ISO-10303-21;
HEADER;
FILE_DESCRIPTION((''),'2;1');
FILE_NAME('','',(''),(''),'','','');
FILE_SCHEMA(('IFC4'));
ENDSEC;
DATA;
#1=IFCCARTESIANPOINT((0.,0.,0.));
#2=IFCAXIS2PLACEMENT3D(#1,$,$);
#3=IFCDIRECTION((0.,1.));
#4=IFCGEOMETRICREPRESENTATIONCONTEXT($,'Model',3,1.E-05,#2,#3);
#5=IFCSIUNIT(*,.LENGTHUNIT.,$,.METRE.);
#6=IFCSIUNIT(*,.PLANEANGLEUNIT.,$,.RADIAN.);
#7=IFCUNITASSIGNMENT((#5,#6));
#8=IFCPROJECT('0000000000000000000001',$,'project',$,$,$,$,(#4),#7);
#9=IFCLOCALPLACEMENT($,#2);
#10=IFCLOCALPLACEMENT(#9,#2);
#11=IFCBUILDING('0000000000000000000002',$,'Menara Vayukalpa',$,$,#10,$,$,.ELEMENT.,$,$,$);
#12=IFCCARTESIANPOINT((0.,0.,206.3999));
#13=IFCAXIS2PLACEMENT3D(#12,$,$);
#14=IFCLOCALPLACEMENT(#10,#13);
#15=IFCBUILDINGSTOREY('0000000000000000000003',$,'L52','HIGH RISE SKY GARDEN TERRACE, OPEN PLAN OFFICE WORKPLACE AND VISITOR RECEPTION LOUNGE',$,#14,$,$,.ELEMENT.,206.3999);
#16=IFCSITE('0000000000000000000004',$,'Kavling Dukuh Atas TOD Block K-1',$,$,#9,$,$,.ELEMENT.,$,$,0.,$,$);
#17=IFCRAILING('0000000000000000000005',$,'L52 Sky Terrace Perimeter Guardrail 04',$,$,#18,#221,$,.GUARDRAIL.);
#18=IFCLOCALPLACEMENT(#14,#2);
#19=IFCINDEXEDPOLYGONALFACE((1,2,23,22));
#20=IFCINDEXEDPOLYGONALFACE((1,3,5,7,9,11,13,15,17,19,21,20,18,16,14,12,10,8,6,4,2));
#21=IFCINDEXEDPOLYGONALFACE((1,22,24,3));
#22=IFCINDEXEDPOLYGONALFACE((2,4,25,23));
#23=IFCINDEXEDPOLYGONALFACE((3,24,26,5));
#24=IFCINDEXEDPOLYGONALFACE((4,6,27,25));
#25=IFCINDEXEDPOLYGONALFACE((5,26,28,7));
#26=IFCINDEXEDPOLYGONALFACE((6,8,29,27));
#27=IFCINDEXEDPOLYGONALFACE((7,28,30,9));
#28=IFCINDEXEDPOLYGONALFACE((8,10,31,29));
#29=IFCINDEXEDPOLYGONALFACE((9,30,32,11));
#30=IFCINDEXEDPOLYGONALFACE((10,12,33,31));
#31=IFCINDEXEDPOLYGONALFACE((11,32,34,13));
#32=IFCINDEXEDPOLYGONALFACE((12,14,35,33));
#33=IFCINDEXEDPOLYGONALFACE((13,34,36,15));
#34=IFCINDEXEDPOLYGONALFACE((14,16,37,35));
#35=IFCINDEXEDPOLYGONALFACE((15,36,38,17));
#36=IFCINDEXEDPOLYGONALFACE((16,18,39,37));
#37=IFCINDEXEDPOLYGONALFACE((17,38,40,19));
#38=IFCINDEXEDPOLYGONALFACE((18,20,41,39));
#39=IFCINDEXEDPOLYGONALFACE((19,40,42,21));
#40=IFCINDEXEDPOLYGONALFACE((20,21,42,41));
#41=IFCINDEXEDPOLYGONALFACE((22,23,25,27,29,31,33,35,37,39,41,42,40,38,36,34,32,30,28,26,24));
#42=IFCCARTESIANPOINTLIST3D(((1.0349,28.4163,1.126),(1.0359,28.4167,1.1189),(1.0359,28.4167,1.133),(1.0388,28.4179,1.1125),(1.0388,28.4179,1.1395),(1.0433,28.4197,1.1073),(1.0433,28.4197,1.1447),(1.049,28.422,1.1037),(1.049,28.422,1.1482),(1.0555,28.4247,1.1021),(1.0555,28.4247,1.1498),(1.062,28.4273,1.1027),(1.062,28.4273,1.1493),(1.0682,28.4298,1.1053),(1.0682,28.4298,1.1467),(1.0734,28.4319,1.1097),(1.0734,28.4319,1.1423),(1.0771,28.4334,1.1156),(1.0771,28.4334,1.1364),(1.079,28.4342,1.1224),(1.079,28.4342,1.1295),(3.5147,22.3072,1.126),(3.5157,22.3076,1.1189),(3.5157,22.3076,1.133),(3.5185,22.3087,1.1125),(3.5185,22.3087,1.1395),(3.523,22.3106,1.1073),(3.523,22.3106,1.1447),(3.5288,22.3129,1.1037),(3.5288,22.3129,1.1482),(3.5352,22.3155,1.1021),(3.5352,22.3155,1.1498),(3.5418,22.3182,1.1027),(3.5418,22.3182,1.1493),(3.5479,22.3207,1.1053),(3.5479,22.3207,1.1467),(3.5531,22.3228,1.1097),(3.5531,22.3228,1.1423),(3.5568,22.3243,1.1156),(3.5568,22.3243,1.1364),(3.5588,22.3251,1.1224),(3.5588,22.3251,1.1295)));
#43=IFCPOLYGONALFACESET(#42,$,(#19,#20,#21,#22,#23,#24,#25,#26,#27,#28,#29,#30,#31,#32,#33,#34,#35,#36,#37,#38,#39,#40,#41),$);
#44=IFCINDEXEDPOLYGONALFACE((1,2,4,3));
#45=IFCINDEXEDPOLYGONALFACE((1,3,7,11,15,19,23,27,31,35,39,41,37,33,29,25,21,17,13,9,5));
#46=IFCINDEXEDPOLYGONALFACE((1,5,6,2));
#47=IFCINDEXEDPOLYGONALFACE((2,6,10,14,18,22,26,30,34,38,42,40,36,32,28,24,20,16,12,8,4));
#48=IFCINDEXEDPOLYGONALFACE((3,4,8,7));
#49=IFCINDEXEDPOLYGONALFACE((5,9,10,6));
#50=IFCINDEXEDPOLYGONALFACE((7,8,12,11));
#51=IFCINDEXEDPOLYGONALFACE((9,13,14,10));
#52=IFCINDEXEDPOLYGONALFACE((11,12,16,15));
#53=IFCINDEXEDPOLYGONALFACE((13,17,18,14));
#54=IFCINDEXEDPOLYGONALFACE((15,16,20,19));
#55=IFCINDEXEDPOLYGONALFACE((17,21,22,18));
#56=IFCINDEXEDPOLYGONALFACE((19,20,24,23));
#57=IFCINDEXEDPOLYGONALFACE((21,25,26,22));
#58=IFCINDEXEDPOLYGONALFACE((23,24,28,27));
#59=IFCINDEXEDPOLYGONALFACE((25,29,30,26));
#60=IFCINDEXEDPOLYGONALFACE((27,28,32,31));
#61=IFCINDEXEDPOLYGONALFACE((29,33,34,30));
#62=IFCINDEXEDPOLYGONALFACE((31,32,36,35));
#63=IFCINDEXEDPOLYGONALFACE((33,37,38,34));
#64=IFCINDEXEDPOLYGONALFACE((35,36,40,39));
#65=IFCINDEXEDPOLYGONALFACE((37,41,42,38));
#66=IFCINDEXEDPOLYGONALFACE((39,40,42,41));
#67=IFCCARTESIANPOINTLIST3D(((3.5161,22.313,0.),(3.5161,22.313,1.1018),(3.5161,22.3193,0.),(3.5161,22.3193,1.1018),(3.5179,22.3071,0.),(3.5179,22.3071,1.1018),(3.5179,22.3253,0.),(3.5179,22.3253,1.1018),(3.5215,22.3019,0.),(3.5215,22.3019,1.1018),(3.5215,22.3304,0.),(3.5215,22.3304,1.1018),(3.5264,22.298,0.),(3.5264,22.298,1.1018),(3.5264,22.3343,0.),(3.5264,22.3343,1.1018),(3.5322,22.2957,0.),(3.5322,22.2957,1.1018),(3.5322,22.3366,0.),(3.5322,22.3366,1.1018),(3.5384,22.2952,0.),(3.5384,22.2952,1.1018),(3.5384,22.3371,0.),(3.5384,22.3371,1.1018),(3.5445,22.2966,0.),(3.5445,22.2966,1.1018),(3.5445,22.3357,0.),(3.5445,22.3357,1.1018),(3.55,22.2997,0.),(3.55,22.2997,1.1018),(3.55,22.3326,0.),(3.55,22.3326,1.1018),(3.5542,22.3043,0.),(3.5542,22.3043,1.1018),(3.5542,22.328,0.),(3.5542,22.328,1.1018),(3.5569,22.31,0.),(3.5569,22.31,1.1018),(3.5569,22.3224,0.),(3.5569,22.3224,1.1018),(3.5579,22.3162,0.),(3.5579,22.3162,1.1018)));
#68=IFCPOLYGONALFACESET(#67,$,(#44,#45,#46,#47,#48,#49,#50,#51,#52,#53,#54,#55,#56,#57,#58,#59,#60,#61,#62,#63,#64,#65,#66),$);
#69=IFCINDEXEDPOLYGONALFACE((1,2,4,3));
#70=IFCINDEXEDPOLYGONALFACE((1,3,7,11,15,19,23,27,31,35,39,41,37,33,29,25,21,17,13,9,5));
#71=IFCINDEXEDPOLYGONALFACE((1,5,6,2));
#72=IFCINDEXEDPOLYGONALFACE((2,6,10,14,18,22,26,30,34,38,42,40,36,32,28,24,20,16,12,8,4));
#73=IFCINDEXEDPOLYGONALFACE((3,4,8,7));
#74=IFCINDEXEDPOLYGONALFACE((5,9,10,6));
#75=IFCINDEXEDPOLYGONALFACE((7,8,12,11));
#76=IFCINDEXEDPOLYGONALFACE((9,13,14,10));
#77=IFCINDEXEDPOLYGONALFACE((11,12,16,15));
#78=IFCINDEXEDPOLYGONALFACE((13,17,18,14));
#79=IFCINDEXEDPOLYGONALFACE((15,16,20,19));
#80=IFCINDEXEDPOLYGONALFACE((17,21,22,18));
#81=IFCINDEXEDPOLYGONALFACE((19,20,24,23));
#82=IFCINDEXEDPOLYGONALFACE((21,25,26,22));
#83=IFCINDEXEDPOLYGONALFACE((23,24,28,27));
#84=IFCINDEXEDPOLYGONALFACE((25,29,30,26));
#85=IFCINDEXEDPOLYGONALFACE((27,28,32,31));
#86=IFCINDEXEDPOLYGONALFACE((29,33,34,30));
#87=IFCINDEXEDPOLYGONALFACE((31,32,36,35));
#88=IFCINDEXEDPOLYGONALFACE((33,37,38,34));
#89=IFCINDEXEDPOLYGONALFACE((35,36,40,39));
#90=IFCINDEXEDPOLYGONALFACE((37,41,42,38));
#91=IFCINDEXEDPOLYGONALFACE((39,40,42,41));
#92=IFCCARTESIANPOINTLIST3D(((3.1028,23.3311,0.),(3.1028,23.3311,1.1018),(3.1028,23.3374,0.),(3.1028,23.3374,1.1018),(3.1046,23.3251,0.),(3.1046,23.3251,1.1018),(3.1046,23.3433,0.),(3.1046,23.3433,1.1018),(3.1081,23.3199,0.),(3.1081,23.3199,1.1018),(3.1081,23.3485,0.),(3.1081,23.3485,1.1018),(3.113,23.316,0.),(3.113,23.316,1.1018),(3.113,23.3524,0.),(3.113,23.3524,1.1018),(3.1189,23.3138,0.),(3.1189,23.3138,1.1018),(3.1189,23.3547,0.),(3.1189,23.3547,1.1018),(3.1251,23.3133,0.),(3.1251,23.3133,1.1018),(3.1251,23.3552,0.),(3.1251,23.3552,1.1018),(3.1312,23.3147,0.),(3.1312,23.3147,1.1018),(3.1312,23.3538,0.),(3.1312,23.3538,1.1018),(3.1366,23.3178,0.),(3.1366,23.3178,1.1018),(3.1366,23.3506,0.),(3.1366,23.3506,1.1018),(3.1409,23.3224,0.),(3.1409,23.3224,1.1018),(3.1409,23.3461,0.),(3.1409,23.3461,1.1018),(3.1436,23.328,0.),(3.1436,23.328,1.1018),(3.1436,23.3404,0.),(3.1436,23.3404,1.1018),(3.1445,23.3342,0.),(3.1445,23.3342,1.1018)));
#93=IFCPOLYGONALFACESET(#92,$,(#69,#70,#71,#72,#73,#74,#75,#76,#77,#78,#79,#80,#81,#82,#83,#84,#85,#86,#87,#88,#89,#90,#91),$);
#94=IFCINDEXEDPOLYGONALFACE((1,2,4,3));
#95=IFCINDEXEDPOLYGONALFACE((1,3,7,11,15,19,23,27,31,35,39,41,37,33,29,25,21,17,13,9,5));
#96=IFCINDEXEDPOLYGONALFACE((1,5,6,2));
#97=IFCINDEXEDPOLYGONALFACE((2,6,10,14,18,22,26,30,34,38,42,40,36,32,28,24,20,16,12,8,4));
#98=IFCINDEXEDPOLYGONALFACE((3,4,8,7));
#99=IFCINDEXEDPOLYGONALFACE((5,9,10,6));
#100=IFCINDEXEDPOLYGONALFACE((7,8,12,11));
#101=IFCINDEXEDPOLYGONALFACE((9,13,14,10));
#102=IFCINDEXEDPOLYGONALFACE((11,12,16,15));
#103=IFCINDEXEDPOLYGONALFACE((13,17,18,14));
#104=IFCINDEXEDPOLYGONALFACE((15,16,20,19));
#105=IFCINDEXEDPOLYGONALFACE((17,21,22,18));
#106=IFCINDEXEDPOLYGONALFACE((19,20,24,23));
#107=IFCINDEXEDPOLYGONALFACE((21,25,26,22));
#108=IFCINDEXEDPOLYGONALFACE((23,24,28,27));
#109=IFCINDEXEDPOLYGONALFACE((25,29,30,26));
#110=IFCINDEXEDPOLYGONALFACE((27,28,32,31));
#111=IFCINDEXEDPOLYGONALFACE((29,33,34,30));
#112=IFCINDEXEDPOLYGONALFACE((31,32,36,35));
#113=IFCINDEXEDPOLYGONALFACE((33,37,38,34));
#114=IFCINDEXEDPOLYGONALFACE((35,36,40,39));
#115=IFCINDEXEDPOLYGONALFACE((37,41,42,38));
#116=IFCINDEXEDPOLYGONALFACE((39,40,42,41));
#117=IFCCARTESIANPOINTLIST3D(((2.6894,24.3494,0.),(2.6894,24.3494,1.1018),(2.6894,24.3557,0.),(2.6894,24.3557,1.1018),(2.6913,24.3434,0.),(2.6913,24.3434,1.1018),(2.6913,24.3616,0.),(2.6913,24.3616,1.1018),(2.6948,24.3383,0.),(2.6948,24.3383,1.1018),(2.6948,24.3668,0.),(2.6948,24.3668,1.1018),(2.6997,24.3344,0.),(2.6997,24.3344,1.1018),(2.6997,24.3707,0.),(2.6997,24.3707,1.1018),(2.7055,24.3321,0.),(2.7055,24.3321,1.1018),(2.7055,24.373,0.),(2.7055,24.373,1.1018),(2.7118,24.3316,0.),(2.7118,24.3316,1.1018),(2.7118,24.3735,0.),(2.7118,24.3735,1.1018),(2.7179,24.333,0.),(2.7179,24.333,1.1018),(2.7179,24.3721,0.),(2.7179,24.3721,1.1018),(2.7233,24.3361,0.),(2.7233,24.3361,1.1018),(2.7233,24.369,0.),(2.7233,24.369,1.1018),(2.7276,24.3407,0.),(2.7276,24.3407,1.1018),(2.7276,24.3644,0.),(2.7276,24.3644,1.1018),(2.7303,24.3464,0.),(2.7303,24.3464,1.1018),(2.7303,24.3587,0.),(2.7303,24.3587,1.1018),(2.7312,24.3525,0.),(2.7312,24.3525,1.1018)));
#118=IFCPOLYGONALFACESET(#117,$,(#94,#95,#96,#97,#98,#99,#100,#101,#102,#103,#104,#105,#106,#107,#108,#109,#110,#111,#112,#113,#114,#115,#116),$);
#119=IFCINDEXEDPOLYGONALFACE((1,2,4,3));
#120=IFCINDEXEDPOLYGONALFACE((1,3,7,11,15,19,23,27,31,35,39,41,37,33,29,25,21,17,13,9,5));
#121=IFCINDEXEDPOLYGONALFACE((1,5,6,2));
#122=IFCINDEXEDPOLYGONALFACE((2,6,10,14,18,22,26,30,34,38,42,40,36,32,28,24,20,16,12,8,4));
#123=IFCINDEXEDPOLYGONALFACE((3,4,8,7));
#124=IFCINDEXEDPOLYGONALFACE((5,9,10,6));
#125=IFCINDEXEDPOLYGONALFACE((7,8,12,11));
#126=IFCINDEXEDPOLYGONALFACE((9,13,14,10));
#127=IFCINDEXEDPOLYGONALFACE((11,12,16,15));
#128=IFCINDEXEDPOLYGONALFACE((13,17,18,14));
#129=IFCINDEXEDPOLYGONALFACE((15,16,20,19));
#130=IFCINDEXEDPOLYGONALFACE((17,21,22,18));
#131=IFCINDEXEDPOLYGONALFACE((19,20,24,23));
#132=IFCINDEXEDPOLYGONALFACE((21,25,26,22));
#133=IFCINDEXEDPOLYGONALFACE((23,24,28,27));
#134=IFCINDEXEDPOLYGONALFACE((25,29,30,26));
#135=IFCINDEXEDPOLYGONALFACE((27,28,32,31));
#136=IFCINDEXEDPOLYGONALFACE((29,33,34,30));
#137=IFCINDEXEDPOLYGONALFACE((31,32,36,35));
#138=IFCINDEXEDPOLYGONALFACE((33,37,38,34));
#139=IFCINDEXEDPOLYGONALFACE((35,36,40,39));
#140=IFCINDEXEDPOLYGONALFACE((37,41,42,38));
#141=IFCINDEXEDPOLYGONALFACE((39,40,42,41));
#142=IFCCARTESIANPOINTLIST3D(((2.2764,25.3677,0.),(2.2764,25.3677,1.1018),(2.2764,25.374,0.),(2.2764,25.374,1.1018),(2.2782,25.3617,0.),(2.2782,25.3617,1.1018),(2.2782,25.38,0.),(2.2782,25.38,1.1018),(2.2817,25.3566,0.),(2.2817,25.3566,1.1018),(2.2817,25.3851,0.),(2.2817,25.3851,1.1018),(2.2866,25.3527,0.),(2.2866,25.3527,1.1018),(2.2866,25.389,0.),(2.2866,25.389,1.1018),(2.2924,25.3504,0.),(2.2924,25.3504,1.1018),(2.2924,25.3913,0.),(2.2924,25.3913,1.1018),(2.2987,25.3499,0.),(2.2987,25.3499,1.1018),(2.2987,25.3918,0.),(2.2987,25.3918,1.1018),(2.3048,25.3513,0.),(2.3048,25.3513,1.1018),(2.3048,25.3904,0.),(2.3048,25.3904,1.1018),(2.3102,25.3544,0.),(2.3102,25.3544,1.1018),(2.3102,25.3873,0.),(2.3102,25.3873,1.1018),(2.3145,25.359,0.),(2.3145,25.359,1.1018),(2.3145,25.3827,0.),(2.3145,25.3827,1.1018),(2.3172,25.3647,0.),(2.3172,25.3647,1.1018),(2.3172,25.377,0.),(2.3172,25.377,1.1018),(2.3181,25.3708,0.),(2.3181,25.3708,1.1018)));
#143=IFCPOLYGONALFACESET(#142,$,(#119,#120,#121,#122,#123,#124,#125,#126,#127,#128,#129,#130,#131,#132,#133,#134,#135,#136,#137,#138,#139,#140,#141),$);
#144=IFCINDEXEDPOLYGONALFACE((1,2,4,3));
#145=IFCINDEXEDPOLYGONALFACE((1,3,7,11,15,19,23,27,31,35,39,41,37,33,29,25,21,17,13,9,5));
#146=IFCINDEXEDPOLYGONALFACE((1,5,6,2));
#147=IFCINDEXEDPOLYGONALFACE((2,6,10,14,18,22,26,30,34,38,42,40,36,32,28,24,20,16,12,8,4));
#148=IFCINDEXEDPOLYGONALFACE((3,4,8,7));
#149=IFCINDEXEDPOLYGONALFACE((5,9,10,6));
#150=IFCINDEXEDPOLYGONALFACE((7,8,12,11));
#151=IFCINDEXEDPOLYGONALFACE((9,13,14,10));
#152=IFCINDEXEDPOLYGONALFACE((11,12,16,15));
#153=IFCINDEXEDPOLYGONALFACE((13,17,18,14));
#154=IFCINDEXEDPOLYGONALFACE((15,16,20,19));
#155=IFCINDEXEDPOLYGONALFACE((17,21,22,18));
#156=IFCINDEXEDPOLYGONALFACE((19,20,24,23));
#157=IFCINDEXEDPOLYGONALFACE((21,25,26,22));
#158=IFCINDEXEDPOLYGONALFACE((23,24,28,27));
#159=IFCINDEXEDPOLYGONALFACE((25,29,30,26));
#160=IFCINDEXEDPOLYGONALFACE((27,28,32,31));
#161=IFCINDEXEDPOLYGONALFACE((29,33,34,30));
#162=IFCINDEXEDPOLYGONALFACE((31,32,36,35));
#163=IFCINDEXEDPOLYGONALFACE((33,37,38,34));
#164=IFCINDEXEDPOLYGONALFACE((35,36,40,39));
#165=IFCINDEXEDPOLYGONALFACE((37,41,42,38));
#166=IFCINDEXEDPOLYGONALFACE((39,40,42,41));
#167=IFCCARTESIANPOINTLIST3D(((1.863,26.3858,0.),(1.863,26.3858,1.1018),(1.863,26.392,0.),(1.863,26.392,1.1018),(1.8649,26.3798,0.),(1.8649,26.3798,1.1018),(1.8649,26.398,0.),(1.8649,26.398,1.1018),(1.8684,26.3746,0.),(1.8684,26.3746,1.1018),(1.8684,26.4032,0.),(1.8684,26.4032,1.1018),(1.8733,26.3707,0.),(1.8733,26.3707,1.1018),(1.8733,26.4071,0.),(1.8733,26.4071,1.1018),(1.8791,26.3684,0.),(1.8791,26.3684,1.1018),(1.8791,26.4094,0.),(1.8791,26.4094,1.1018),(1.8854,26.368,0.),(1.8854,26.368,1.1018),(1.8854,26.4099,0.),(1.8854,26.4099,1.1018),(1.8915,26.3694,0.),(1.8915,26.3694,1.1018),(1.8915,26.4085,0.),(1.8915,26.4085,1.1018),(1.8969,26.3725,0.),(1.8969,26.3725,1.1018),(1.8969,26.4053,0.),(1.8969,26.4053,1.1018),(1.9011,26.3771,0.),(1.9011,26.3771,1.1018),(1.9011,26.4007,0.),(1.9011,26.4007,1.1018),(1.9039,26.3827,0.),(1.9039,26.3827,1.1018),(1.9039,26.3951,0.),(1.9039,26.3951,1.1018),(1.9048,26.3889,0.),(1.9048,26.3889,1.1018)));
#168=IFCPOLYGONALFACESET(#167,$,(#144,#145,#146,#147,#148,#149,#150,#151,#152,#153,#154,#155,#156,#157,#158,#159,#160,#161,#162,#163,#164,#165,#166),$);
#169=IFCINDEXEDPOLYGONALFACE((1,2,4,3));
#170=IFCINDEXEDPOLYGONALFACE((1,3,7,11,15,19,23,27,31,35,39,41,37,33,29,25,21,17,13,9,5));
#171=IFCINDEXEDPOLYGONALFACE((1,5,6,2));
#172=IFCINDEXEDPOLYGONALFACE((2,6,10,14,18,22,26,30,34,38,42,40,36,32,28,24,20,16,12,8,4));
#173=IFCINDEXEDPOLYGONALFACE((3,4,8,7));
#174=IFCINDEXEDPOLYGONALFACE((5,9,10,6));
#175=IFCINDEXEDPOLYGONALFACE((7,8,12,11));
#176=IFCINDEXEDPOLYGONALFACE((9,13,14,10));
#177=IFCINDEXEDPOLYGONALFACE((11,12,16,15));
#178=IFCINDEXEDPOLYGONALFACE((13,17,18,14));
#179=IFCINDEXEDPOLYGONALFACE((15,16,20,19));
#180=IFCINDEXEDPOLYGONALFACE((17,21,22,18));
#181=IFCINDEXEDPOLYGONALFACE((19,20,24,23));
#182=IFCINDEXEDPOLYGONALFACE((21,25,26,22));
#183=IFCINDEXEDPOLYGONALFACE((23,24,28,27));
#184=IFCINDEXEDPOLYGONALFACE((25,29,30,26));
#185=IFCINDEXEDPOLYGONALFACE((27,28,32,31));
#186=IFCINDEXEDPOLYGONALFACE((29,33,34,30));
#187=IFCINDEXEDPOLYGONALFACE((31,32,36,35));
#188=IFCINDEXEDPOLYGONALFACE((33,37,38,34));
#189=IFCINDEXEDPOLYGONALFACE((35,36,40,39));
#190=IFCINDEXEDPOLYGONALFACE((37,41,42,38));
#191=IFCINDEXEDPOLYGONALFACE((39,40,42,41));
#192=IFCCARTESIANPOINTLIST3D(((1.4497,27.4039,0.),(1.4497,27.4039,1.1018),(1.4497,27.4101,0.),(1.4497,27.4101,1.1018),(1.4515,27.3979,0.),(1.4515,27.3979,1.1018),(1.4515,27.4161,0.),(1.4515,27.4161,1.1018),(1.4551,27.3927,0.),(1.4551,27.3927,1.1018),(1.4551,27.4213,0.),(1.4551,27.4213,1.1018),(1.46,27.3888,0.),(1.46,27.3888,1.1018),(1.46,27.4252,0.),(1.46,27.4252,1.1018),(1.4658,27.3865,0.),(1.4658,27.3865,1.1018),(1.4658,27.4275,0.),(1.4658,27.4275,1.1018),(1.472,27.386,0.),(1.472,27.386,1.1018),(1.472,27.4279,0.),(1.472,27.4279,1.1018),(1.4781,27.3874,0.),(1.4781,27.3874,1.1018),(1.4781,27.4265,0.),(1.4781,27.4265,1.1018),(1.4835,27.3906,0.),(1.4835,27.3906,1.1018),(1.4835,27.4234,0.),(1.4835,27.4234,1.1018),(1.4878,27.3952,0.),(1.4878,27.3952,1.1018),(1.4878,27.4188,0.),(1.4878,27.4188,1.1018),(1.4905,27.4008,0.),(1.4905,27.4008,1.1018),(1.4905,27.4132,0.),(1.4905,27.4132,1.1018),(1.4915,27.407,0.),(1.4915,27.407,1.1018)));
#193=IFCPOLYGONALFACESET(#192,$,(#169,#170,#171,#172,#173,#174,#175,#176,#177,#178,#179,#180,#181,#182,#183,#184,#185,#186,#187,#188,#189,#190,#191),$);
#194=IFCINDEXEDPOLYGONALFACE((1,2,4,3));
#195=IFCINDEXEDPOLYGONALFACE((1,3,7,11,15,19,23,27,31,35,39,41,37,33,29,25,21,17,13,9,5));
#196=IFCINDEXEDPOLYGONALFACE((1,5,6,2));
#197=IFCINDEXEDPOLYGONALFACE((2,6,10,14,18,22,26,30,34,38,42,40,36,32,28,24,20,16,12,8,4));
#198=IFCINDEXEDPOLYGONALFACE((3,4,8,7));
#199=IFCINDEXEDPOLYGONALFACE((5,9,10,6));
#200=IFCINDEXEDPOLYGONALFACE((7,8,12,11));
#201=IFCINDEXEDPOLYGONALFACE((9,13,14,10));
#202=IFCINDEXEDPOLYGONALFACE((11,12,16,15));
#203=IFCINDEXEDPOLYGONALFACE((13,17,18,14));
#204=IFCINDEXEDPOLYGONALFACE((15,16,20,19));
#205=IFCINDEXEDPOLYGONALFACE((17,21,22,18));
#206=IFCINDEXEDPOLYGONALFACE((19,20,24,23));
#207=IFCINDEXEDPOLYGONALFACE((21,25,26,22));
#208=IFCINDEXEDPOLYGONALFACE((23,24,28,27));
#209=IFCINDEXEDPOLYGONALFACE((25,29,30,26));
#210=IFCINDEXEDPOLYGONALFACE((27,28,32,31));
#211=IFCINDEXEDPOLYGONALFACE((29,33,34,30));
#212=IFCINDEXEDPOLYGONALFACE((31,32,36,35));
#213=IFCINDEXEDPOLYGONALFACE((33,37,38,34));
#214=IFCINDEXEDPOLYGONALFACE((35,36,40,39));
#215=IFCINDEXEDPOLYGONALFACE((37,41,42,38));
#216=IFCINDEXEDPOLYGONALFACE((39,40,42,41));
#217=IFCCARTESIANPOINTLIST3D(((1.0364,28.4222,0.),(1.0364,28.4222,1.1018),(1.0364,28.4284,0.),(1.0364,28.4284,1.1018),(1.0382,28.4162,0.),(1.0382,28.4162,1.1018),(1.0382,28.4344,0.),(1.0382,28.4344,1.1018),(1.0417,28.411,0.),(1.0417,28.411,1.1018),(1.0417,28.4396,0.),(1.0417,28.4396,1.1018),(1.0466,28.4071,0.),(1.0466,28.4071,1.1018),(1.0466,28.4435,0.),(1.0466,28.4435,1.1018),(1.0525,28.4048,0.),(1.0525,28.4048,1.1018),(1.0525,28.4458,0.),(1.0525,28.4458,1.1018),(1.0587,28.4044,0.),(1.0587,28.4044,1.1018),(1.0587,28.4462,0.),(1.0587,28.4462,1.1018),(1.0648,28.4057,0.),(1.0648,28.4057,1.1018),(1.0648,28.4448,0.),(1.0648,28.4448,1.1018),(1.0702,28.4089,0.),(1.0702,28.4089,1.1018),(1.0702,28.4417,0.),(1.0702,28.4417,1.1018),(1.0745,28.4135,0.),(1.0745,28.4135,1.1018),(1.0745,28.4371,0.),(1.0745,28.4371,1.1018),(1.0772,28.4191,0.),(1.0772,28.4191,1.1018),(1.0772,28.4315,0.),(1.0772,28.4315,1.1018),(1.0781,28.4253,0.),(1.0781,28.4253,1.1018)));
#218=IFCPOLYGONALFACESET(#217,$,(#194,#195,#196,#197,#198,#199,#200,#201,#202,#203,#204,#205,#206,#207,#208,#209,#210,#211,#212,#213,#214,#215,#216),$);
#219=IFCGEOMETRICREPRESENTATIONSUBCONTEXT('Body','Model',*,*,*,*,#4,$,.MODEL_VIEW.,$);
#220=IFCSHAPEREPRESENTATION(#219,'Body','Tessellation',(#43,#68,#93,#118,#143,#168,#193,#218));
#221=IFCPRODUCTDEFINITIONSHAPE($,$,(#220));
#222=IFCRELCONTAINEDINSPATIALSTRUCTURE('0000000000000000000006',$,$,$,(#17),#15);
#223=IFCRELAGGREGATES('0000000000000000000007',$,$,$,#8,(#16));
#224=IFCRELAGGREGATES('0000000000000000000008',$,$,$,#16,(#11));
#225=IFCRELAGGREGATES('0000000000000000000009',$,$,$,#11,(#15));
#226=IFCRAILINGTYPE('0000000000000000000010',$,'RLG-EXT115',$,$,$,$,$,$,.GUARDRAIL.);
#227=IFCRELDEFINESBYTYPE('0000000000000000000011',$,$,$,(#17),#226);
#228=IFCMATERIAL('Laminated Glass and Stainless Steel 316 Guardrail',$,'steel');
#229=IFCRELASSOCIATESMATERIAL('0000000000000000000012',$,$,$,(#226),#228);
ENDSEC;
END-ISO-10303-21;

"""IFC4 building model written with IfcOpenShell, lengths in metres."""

from ifc_helpers import new_model, si_unit, direction, frame, origin, origin_2d, place, context, subcontext, project, spatial, circle, extrude, material, type_object, element, save


model = new_model("IFC4")

# Units and contexts
model_context = context("Model", 3, precision=1e-05, world=origin(), true_north=direction((0.0, 1.0)))
body_context = subcontext(model_context, "Body", "Model", "MODEL_VIEW")
ifc_project = project(units=[si_unit("LENGTHUNIT", "METRE"), si_unit("PLANEANGLEUNIT", "RADIAN")], contexts=[model_context])

# Site, building, storey
site_placement = place(None, origin())
site = spatial("IfcSite", under=ifc_project, at=site_placement, Name="Kavling Dukuh Atas TOD Block K-1", CompositionType="ELEMENT", RefElevation=0.0)
building_placement = place(site_placement, origin())
building = spatial("IfcBuilding", under=site, at=building_placement, Name="Menara Vayukalpa", CompositionType="ELEMENT")
storey_placement = place(building_placement, frame((0.0, 0.0, 206.3999)))
storey = spatial("IfcBuildingStorey", under=building, at=storey_placement, Name="L52", Description="HIGH RISE SKY GARDEN TERRACE, OPEN PLAN OFFICE WORKPLACE AND VISITOR RECEPTION LOUNGE", CompositionType="ELEMENT", Elevation=206.3999)

# Railing
ifc_material_1 = material(Name="Laminated Glass and Stainless Steel 316 Guardrail", Category="steel")
railing_type = type_object("IfcRailingType", Name="RLG-EXT115", PredefinedType="GUARDRAIL", material=ifc_material_1)
railing_1_placement = place(storey_placement, frame((3.5369, 22.3162, 0.0)))
element("IfcRailing", 1, at=railing_1_placement, inside=storey, type_object=railing_type, Name="L52 Sky Terrace Perimeter Guardrail 04", PredefinedType="GUARDRAIL", context=body_context, shape_type="SweptSolid", body=[
    extrude(circle(Radius=0.0239, at=origin_2d()), frame((0.0, 0.0, 1.126), z_axis=(-0.376104, 0.926577, 0.0), x_axis=(-0.926577, -0.376104, 0.0)), (0.0, 0.0, 1.0), 6.5933),
    extrude(circle(Radius=0.021, at=origin_2d()), origin(), (0.0, 0.0, 1.0), 1.1018),
    extrude(circle(Radius=0.021, at=origin_2d()), frame((-0.4133, 1.0181, 0.0)), (0.0, 0.0, 1.0), 1.1018),
    extrude(circle(Radius=0.021, at=origin_2d()), frame((-0.8267, 2.0364, 0.0)), (0.0, 0.0, 1.0), 1.1018),
    extrude(circle(Radius=0.021, at=origin_2d()), frame((-1.2397, 3.0547, 0.0)), (0.0, 0.0, 1.0), 1.1018),
    extrude(circle(Radius=0.021, at=origin_2d()), frame((-1.6531, 4.0728, 0.0)), (0.0, 0.0, 1.0), 1.1018),
    extrude(circle(Radius=0.021, at=origin_2d()), frame((-2.0664, 5.0908, 0.0)), (0.0, 0.0, 1.0), 1.1018),
    extrude(circle(Radius=0.021, at=origin_2d()), frame((-2.4797, 6.1091, 0.0)), (0.0, 0.0, 1.0), 1.1018),
])

save(model, "model.ifc")
